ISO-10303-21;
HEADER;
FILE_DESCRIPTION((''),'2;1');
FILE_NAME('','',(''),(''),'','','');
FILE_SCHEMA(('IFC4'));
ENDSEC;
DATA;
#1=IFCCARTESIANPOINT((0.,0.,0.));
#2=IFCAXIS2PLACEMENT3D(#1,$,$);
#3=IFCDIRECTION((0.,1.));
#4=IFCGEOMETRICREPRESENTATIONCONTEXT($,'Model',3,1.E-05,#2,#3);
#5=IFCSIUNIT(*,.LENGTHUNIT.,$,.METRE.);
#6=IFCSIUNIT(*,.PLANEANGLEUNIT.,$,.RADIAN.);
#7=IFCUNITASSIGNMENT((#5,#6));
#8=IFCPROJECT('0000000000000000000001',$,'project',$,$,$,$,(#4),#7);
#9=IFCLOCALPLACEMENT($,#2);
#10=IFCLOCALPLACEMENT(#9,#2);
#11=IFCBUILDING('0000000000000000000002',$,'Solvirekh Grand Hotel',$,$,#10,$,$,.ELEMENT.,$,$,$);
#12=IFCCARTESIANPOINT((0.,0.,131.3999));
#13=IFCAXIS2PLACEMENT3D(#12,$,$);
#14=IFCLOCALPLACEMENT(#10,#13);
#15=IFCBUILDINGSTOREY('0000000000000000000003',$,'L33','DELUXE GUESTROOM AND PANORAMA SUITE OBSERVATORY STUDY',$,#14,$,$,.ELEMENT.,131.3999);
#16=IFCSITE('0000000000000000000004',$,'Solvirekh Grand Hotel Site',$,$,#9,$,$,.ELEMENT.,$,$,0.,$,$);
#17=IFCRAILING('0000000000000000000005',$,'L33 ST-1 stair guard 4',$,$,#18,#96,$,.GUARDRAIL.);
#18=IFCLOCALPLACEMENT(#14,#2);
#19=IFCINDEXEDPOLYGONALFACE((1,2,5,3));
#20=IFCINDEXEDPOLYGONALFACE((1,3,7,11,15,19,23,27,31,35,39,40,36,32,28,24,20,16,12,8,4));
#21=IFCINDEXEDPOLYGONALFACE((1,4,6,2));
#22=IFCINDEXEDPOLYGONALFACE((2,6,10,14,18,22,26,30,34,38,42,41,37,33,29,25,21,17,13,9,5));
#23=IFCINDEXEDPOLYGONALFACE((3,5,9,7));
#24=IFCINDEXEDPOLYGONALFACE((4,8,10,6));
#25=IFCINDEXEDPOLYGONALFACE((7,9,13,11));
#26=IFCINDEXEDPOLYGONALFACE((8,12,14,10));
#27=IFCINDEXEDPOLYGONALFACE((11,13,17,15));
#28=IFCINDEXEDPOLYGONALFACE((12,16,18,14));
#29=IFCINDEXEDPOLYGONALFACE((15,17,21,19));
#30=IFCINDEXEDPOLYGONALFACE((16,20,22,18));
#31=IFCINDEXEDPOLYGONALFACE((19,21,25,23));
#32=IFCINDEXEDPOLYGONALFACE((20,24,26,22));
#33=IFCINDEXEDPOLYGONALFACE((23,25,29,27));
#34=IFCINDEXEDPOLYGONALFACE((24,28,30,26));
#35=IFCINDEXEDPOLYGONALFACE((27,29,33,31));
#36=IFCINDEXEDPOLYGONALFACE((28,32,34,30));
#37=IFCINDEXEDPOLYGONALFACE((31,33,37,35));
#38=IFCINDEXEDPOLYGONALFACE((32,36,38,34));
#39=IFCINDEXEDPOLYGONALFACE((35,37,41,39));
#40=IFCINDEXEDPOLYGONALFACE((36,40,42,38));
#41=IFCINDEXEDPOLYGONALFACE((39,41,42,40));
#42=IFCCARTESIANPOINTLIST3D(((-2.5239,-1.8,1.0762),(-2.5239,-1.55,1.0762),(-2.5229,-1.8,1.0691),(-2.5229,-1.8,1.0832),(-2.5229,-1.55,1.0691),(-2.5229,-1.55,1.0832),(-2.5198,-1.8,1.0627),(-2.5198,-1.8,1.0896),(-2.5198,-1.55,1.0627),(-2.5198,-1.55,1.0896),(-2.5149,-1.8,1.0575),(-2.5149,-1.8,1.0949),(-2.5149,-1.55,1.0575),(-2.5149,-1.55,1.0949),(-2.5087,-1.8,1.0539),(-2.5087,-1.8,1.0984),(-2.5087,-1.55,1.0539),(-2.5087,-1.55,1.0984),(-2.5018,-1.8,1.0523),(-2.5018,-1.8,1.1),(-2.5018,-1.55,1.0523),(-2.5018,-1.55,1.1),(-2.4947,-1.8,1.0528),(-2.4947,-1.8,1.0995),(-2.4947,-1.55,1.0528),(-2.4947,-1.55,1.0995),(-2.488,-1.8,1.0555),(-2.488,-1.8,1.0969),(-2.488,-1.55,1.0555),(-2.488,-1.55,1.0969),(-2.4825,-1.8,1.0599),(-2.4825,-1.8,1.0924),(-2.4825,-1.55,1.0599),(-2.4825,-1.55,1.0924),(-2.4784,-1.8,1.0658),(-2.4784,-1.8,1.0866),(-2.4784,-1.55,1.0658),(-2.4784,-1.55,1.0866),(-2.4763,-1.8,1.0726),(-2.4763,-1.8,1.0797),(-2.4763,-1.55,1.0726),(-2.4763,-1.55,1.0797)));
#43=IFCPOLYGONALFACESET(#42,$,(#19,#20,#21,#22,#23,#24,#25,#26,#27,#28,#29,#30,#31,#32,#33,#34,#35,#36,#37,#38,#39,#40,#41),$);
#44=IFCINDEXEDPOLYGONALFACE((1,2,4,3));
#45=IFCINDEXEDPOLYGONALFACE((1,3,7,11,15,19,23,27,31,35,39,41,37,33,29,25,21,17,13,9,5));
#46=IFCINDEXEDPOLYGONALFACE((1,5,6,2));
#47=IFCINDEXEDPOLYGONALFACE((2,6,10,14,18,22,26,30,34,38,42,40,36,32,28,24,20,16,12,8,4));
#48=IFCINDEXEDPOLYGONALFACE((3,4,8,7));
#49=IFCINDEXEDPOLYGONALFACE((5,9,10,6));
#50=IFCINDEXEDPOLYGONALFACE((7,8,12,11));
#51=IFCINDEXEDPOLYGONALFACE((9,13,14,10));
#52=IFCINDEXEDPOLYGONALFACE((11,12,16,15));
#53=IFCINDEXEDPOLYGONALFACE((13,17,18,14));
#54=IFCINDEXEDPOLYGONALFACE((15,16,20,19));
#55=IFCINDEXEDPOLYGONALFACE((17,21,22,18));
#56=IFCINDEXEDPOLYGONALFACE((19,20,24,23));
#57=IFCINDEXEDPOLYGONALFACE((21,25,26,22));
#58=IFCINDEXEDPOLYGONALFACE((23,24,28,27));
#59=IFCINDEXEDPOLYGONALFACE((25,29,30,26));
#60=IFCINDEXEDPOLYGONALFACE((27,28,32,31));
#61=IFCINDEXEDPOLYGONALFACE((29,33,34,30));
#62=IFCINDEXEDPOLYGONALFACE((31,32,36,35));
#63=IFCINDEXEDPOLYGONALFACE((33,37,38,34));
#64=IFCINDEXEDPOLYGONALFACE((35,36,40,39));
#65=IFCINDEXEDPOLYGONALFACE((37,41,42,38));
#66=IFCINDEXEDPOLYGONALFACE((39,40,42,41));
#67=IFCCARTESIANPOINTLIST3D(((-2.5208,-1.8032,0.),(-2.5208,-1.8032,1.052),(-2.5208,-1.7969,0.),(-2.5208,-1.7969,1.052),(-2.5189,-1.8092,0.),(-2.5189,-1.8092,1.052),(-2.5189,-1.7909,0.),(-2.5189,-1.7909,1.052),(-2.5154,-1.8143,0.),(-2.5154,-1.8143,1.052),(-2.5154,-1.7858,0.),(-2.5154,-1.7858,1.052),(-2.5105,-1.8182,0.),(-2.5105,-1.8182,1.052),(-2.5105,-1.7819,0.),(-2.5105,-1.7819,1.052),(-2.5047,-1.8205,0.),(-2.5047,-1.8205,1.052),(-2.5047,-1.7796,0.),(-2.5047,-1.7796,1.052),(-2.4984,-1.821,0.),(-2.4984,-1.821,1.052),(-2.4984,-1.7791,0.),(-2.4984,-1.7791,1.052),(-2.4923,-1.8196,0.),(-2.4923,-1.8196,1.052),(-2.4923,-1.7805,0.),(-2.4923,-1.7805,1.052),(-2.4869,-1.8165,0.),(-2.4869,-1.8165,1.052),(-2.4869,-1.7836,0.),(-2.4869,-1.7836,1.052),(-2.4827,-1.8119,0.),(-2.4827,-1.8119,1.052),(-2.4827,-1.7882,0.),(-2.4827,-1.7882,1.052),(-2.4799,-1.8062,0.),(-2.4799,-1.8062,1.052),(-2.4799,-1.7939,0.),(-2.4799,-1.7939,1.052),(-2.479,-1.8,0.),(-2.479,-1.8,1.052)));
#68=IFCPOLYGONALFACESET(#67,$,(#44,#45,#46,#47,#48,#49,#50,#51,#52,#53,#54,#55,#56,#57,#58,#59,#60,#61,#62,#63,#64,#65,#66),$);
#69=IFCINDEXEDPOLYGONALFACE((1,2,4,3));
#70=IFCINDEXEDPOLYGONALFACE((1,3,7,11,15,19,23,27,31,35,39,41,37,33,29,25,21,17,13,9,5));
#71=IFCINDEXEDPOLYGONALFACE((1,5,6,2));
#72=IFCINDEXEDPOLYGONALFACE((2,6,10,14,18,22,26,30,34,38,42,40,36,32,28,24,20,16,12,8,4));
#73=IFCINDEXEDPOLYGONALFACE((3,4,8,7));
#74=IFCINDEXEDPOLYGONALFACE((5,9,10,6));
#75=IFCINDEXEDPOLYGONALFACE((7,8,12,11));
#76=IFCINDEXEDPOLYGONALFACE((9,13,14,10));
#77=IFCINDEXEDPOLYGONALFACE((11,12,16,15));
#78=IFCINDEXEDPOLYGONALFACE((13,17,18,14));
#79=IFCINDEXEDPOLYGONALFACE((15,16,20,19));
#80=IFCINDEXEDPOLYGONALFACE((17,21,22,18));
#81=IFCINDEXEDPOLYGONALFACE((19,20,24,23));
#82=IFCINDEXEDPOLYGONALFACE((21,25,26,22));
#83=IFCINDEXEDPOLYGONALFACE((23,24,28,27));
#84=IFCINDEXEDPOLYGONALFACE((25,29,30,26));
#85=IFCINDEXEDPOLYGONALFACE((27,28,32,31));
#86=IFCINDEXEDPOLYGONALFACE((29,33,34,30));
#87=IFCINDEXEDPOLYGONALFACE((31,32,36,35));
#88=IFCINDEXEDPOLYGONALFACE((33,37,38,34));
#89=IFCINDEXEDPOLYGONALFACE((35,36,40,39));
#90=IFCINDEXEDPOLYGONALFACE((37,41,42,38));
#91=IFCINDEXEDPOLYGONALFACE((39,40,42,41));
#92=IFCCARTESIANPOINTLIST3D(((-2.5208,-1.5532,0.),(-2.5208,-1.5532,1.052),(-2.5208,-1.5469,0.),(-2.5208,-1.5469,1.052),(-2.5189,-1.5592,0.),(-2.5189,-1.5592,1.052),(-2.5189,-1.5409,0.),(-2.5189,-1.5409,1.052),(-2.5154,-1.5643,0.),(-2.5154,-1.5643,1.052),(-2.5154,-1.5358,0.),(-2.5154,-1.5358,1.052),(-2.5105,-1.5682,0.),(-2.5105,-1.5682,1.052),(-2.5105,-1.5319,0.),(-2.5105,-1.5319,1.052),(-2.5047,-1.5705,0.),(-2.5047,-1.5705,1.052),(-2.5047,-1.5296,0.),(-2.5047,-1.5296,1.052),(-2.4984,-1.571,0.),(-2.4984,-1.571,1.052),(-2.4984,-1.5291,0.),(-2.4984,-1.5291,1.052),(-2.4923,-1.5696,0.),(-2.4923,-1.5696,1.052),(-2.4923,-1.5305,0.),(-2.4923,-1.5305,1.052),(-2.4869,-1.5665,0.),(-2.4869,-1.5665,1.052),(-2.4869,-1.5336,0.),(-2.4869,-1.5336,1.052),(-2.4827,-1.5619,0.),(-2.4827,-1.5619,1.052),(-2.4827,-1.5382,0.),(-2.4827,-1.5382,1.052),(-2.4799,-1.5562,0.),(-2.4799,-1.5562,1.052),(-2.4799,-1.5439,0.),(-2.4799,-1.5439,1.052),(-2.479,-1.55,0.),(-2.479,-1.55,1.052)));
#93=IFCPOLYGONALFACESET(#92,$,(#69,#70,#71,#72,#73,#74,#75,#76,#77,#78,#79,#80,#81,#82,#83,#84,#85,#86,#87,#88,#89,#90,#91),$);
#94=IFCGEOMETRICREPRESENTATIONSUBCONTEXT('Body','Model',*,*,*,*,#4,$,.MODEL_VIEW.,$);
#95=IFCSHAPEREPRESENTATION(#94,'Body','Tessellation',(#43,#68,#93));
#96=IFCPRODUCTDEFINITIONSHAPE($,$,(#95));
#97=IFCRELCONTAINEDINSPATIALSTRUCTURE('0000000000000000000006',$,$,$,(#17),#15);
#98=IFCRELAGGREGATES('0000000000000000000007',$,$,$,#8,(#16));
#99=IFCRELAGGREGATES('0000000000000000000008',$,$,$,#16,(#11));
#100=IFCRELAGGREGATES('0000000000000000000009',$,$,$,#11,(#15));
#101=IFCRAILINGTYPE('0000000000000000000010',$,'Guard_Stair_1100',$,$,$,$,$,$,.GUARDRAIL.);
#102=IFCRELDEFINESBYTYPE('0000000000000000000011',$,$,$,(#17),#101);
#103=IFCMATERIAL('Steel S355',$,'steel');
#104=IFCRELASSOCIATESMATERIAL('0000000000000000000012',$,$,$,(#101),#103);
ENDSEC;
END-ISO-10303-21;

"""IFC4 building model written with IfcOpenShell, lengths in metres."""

from ifc_helpers import new_model, si_unit, direction, frame, origin, origin_2d, place, context, subcontext, project, spatial, circle, extrude, material, type_object, element, save


model = new_model("IFC4")

# Units and contexts
model_context = context("Model", 3, precision=1e-05, world=origin(), true_north=direction((0.0, 1.0)))
body_context = subcontext(model_context, "Body", "Model", "MODEL_VIEW")
ifc_project = project(units=[si_unit("LENGTHUNIT", "METRE"), si_unit("PLANEANGLEUNIT", "RADIAN")], contexts=[model_context])

# Site, building, storey
site_placement = place(None, origin())
site = spatial("IfcSite", under=ifc_project, at=site_placement, Name="Solvirekh Grand Hotel Site", CompositionType="ELEMENT", RefElevation=0.0)
building_placement = place(site_placement, origin())
building = spatial("IfcBuilding", under=site, at=building_placement, Name="Solvirekh Grand Hotel", CompositionType="ELEMENT")
storey_placement = place(building_placement, frame((0.0, 0.0, 131.3999)))
storey = spatial("IfcBuildingStorey", under=building, at=storey_placement, Name="L33", Description="DELUXE GUESTROOM AND PANORAMA SUITE OBSERVATORY STUDY", CompositionType="ELEMENT", Elevation=131.3999)

# Railing
ifc_material_1 = material(Name="Steel S355", Category="steel")
railing_type_1 = type_object("IfcRailingType", Name="Guard_Stair_1100", PredefinedType="GUARDRAIL", material=ifc_material_1)
railing_1_placement = place(storey_placement, frame((-2.5, -1.8, 0.0)))
element("IfcRailing", 1, at=railing_1_placement, inside=storey, type_object=railing_type_1, Name="L33 ST-1 stair guard 4", PredefinedType="GUARDRAIL", context=body_context, shape_type="SweptSolid", body=[
    extrude(circle(Radius=0.0239, at=origin_2d()), frame((0.0, 0.0, 1.0762), z_axis=(0.0, 1.0, 0.0), x_axis=(-1.0, 0.0, 0.0)), (0.0, 0.0, 1.0), 0.25),
    extrude(circle(Radius=0.021, at=origin_2d()), origin(), (0.0, 0.0, 1.0), 1.052),
    extrude(circle(Radius=0.021, at=origin_2d()), frame((0.0, 0.25, 0.0)), (0.0, 0.0, 1.0), 1.052),
])

save(model, "model.ifc")
